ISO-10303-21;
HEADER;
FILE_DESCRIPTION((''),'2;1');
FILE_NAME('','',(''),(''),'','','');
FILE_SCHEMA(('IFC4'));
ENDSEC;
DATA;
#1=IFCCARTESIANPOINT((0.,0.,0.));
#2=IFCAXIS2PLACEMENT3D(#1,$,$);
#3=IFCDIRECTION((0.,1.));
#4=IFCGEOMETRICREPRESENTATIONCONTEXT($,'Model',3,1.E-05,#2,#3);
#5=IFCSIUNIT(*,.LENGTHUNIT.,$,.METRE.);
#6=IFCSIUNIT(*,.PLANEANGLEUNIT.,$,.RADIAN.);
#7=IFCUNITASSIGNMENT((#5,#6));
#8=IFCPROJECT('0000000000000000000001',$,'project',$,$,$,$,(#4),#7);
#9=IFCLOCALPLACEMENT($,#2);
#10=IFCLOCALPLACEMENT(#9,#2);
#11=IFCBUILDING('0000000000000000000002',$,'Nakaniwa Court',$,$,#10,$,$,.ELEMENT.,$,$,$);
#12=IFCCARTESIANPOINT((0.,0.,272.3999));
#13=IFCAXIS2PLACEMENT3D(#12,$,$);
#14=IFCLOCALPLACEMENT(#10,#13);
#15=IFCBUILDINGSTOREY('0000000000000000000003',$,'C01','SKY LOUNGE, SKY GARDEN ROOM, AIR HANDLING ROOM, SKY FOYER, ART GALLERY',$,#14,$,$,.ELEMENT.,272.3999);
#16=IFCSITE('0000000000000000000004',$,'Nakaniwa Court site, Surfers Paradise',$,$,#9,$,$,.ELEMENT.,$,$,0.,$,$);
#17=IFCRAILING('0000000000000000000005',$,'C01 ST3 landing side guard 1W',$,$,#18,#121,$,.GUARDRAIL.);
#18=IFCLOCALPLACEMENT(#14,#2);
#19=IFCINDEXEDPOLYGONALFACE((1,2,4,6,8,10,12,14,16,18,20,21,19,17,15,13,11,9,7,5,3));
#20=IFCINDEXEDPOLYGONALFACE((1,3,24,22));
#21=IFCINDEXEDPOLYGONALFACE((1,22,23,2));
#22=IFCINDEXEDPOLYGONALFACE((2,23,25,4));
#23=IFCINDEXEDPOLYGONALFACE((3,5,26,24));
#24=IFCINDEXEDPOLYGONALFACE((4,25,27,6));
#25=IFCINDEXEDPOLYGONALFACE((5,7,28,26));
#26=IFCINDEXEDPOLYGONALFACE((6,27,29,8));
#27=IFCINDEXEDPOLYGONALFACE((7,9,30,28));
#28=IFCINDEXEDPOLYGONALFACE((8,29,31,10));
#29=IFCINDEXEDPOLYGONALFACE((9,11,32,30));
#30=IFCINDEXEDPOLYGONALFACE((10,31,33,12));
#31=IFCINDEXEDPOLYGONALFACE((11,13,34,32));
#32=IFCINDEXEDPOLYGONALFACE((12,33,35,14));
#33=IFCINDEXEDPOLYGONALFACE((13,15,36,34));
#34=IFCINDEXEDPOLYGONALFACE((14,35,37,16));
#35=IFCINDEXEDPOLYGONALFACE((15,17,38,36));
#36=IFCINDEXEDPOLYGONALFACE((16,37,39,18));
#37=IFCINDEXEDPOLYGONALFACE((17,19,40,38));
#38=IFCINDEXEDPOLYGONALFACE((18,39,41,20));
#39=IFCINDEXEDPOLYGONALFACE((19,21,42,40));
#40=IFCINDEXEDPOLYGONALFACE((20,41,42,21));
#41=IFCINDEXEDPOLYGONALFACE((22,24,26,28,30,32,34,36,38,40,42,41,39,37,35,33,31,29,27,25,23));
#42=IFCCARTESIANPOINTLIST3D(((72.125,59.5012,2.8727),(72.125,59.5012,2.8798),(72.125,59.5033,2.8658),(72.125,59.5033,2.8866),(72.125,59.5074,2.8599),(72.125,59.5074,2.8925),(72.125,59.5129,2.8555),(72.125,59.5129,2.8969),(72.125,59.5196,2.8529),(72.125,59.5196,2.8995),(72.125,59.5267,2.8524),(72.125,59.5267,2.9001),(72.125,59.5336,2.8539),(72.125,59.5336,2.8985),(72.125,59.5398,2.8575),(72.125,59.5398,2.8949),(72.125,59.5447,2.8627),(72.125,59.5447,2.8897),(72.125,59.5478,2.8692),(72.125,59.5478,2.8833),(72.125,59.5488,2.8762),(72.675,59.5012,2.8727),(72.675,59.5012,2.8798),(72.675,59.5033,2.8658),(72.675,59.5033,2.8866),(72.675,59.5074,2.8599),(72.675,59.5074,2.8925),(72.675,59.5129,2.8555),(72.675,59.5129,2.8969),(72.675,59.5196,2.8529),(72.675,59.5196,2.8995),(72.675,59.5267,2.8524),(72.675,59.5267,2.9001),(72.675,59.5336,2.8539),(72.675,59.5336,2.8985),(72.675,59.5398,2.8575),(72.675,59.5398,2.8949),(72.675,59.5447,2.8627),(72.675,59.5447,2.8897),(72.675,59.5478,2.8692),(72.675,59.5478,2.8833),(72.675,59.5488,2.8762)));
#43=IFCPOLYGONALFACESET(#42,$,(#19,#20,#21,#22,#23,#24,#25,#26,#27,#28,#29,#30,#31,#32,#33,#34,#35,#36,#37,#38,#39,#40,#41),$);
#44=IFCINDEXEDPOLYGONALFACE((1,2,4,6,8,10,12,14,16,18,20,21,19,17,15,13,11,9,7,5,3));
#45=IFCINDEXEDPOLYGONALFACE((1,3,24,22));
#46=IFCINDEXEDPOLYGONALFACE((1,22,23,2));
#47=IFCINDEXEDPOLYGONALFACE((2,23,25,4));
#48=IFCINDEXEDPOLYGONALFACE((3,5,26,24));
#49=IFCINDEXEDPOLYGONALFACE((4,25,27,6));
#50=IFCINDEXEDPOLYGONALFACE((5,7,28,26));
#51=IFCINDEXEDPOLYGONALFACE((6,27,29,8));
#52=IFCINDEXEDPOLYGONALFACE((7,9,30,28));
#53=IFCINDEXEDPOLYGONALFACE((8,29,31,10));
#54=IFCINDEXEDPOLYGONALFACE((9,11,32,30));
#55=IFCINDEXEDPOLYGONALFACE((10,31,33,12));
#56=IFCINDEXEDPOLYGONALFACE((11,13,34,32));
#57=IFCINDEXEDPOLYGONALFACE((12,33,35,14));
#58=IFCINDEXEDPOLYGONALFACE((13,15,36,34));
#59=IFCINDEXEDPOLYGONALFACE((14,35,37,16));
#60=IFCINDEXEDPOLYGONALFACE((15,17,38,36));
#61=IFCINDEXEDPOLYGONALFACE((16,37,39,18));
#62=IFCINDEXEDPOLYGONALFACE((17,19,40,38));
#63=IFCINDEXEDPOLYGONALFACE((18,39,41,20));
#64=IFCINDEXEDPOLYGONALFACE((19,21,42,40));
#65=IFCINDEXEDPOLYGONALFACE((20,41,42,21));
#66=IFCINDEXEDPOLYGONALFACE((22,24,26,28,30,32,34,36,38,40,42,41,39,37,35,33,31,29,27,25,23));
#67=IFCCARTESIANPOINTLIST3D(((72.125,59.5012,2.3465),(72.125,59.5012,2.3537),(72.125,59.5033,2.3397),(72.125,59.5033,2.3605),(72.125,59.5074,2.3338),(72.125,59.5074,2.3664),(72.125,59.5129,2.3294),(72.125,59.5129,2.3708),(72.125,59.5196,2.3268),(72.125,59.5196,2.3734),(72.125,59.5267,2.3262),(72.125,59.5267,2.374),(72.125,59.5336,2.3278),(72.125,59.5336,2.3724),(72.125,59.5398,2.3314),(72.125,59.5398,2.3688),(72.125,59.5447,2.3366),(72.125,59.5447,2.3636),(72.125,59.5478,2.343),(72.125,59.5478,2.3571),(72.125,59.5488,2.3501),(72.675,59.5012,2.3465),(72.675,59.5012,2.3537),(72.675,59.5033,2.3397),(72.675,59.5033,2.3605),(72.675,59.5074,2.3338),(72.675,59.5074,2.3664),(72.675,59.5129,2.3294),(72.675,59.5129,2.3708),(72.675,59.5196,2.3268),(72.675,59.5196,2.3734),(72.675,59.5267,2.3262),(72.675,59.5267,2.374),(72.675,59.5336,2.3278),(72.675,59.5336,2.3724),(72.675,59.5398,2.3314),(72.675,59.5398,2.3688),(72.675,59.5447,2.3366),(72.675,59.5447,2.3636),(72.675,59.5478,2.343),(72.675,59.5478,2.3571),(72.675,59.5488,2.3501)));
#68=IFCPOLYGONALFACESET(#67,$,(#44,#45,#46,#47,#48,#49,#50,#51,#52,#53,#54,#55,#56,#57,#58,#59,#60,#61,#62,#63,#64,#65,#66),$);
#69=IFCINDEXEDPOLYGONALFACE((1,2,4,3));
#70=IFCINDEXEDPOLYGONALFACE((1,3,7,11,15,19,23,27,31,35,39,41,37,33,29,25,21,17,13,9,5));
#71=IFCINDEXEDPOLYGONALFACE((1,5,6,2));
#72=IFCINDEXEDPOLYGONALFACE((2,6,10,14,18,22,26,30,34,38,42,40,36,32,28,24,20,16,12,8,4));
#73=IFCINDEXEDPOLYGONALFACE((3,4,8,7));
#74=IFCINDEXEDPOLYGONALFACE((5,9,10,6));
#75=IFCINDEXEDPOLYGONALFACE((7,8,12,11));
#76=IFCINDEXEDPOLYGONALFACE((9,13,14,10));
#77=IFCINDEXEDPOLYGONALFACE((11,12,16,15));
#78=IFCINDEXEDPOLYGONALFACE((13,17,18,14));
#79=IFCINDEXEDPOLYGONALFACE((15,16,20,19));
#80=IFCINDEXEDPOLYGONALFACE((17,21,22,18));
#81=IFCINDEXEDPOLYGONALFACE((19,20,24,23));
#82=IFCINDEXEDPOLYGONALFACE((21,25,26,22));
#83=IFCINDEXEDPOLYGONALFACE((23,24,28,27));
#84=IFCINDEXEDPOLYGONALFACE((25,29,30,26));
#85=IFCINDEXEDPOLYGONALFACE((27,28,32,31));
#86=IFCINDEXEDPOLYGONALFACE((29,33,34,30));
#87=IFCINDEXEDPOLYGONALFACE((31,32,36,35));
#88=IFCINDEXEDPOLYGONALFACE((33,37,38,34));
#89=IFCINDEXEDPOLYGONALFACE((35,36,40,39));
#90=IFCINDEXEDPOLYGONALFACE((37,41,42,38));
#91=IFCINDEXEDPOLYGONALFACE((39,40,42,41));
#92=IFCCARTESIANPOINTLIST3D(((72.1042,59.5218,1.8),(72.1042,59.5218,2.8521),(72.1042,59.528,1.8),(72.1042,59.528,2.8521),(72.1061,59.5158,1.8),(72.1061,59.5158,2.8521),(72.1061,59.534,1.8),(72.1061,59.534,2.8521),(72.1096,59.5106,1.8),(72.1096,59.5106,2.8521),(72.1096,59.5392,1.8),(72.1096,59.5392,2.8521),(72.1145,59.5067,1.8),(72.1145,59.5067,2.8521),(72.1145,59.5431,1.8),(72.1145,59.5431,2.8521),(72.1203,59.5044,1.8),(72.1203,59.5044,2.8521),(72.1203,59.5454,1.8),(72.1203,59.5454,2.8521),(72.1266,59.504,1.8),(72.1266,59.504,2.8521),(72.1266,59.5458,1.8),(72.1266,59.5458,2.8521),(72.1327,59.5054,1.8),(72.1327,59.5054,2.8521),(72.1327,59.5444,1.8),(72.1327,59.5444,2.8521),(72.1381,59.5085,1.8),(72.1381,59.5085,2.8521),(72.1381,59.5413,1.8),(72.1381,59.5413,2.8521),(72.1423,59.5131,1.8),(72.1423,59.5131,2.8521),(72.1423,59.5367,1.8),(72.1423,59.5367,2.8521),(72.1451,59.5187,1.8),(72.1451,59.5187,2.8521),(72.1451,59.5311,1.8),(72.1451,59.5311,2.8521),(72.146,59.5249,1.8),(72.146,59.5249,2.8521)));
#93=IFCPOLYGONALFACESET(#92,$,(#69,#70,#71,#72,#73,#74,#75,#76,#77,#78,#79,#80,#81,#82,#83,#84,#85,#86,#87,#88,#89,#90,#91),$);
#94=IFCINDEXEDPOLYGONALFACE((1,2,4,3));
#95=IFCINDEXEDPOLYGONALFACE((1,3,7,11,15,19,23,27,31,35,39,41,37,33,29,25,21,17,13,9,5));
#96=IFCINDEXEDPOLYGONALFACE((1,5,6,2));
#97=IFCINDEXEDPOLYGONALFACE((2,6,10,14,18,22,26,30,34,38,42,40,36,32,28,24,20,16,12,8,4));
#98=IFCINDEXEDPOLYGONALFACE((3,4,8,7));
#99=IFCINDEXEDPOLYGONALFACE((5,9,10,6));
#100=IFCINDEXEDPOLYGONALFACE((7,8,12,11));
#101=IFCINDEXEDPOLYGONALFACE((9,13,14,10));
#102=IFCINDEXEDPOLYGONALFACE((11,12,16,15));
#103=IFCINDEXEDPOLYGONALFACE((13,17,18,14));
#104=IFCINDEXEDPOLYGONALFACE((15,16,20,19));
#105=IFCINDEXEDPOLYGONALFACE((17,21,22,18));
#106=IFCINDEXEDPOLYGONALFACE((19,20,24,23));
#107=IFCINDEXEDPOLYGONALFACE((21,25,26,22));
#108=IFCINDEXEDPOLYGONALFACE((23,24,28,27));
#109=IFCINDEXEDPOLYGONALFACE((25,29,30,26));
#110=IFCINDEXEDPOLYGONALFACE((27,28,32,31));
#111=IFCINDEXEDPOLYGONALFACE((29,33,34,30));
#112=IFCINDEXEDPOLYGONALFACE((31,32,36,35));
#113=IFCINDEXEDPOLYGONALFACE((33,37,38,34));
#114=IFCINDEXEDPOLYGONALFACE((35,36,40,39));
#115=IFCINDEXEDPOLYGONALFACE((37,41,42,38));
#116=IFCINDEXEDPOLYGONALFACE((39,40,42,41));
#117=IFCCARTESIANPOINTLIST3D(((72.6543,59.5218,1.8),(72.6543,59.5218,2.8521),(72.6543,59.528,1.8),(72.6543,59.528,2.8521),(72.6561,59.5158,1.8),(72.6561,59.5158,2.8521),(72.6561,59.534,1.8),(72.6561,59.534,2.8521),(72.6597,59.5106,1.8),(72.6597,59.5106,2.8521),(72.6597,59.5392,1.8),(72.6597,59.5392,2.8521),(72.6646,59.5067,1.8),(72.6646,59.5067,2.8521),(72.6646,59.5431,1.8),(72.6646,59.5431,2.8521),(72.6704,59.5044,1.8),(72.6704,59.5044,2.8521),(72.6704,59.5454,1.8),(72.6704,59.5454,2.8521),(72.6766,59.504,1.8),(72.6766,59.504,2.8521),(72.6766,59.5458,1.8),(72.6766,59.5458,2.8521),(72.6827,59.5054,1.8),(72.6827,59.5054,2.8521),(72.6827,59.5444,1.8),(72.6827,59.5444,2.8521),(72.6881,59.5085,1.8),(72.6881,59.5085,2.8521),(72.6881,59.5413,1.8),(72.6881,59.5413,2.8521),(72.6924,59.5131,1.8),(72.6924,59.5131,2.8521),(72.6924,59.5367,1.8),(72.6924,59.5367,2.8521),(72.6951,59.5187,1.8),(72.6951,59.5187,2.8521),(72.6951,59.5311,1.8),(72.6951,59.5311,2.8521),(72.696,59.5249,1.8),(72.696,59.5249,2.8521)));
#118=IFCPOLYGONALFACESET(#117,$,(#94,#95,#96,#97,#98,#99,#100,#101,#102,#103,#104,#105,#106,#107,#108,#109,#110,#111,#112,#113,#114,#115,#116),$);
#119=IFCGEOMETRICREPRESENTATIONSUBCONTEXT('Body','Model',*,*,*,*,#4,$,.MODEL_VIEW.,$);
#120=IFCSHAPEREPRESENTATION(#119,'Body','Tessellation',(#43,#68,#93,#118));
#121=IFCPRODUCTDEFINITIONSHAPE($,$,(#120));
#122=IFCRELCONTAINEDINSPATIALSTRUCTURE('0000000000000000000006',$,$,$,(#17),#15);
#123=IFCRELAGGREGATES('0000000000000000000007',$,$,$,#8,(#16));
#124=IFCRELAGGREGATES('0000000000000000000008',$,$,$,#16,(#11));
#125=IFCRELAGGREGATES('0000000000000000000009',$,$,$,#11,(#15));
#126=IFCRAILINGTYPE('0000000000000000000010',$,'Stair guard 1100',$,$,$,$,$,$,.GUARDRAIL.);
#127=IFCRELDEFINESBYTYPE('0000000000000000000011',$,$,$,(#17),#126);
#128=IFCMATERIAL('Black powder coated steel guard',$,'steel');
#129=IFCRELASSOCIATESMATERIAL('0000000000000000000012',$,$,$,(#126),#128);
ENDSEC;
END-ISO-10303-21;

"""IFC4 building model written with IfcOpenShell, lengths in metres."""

from ifc_helpers import new_model, si_unit, direction, frame, origin, origin_2d, place, context, subcontext, project, spatial, circle, extrude, material, type_object, element, save


model = new_model("IFC4")

# Units and contexts
model_context = context("Model", 3, precision=1e-05, world=origin(), true_north=direction((0.0, 1.0)))
body_context = subcontext(model_context, "Body", "Model", "MODEL_VIEW")
ifc_project = project(units=[si_unit("LENGTHUNIT", "METRE"), si_unit("PLANEANGLEUNIT", "RADIAN")], contexts=[model_context])

# Site, building, storey
site_placement = place(None, origin())
site = spatial("IfcSite", under=ifc_project, at=site_placement, Name="Nakaniwa Court site, Surfers Paradise", CompositionType="ELEMENT", RefElevation=0.0)
building_placement = place(site_placement, origin())
building = spatial("IfcBuilding", under=site, at=building_placement, Name="Nakaniwa Court", CompositionType="ELEMENT")
storey_placement = place(building_placement, frame((0.0, 0.0, 272.3999)))
storey = spatial("IfcBuildingStorey", under=building, at=storey_placement, Name="C01", Description="SKY LOUNGE, SKY GARDEN ROOM, AIR HANDLING ROOM, SKY FOYER, ART GALLERY", CompositionType="ELEMENT", Elevation=272.3999)

# Railing
ifc_material_1 = material(Name="Black powder coated steel guard", Category="steel")
railing_type_1 = type_object("IfcRailingType", Name="Stair guard 1100", PredefinedType="GUARDRAIL", material=ifc_material_1)
for number, where, name in (
    (1, (72.125, 59.5249, 1.8), "C01 ST3 landing side guard 1W"),
):
    element("IfcRailing", number, at=place(storey_placement, frame(where)), inside=storey, type_object=railing_type_1, Name=name, PredefinedType="GUARDRAIL", context=body_context, shape_type="SweptSolid", body=[
        extrude(circle(Radius=0.0239, at=origin_2d()), frame((0.0, 0.0, 1.0762), z_axis=(1.0, 0.0, 0.0), x_axis=(0.0, 1.0, 0.0)), (0.0, 0.0, 1.0), 0.55),
        extrude(circle(Radius=0.0239, at=origin_2d()), frame((0.0, 0.0, 0.55), z_axis=(1.0, 0.0, 0.0), x_axis=(0.0, 1.0, 0.0)), (0.0, 0.0, 1.0), 0.55),
        extrude(circle(Radius=0.021, at=origin_2d()), origin(), (0.0, 0.0, 1.0), 1.052),
        extrude(circle(Radius=0.021, at=origin_2d()), frame((0.55, 0.0, 0.0)), (0.0, 0.0, 1.0), 1.052),
    ])

save(model, "model.ifc")
